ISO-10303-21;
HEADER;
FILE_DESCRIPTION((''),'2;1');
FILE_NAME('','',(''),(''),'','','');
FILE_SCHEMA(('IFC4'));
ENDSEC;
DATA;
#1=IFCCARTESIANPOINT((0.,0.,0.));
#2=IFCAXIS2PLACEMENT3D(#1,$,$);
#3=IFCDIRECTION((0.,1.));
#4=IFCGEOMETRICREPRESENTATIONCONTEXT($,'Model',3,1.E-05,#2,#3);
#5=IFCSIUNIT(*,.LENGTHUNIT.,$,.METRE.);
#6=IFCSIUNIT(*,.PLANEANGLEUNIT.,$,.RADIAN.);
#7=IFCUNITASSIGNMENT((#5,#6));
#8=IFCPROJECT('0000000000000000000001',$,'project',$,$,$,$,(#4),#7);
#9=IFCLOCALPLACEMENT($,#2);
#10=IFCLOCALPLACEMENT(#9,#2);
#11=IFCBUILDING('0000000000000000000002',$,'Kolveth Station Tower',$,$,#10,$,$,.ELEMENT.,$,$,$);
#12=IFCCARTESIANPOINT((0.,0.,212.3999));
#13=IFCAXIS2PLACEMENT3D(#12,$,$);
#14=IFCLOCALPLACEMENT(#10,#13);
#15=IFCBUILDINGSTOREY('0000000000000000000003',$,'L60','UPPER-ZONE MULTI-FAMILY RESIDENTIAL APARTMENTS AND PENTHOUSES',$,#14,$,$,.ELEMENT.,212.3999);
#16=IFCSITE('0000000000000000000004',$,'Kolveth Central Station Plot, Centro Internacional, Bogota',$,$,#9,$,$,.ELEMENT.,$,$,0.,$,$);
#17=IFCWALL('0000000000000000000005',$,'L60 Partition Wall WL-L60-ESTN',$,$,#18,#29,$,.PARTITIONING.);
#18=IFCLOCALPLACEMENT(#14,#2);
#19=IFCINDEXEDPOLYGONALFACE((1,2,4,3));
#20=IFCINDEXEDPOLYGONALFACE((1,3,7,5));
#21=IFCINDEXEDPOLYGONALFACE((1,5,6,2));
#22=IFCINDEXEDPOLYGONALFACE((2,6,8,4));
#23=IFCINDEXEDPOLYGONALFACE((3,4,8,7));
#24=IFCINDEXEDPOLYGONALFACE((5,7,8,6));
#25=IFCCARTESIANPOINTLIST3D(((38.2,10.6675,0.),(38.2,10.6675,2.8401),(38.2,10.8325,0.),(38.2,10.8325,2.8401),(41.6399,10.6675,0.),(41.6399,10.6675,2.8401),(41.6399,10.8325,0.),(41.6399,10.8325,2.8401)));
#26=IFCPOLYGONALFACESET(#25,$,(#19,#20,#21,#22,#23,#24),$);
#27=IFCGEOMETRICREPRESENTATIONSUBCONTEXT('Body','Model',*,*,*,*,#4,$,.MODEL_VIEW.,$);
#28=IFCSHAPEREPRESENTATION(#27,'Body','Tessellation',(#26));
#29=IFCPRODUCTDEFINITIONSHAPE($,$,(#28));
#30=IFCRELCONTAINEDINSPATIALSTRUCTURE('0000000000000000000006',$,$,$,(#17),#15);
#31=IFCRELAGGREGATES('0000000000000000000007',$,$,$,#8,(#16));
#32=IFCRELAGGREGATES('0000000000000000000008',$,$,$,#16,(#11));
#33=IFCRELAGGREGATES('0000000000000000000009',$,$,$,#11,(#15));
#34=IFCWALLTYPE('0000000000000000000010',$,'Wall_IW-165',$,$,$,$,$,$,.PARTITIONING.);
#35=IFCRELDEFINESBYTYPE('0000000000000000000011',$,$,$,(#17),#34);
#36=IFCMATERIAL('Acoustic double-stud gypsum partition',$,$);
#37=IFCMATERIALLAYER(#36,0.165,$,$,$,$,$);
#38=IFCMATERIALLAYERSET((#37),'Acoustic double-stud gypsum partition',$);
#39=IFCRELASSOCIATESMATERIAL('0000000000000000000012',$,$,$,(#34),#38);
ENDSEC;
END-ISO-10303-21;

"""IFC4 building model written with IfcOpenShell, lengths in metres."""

from ifc_helpers import new_model, si_unit, direction, frame, frame_2d, origin, place, context, subcontext, project, spatial, rectangle, extrude, material, layer, layer_set, type_object, element, save


model = new_model("IFC4")

# Units and contexts
model_context = context("Model", 3, precision=1e-05, world=origin(), true_north=direction((0.0, 1.0)))
body_context = subcontext(model_context, "Body", "Model", "MODEL_VIEW")
ifc_project = project(units=[si_unit("LENGTHUNIT", "METRE"), si_unit("PLANEANGLEUNIT", "RADIAN")], contexts=[model_context])

# Site, building, storey
site_placement = place(None, origin())
site = spatial("IfcSite", under=ifc_project, at=site_placement, Name="Kolveth Central Station Plot, Centro Internacional, Bogota", CompositionType="ELEMENT", RefElevation=0.0)
building_placement = place(site_placement, origin())
building = spatial("IfcBuilding", under=site, at=building_placement, Name="Kolveth Station Tower", CompositionType="ELEMENT")
storey_placement = place(building_placement, frame((0.0, 0.0, 212.3999)))
storey = spatial("IfcBuildingStorey", under=building, at=storey_placement, Name="L60", Description="UPPER-ZONE MULTI-FAMILY RESIDENTIAL APARTMENTS AND PENTHOUSES", CompositionType="ELEMENT", Elevation=212.3999)

# Shared definitions
ifc_material_1 = material(Name="Acoustic double-stud gypsum partition")
ifc_layer_1 = layer(ifc_material_1, 0.165)
ifc_layer_set_1 = layer_set([ifc_layer_1], Name="Acoustic double-stud gypsum partition")
wall_type_1 = type_object("IfcWallType", Name="Wall_IW-165", PredefinedType="PARTITIONING", material=ifc_layer_set_1)

# Wall
wall_1_placement = place(storey_placement, frame((38.2, 10.75, 0.0), z_axis=(0.0, 0.0, 1.0), x_axis=(1.0, 0.0, 0.0)))
element("IfcWall", 1, at=wall_1_placement, inside=storey, type_object=wall_type_1, Name="L60 Partition Wall WL-L60-ESTN", PredefinedType="PARTITIONING", context=body_context, shape_type="SweptSolid", body=[
    extrude(rectangle(XDim=3.4399, YDim=0.165, at=frame_2d((1.72, 0.0))), origin(), (0.0, 0.0, 1.0), 2.8401),
])

save(model, "model.ifc")
